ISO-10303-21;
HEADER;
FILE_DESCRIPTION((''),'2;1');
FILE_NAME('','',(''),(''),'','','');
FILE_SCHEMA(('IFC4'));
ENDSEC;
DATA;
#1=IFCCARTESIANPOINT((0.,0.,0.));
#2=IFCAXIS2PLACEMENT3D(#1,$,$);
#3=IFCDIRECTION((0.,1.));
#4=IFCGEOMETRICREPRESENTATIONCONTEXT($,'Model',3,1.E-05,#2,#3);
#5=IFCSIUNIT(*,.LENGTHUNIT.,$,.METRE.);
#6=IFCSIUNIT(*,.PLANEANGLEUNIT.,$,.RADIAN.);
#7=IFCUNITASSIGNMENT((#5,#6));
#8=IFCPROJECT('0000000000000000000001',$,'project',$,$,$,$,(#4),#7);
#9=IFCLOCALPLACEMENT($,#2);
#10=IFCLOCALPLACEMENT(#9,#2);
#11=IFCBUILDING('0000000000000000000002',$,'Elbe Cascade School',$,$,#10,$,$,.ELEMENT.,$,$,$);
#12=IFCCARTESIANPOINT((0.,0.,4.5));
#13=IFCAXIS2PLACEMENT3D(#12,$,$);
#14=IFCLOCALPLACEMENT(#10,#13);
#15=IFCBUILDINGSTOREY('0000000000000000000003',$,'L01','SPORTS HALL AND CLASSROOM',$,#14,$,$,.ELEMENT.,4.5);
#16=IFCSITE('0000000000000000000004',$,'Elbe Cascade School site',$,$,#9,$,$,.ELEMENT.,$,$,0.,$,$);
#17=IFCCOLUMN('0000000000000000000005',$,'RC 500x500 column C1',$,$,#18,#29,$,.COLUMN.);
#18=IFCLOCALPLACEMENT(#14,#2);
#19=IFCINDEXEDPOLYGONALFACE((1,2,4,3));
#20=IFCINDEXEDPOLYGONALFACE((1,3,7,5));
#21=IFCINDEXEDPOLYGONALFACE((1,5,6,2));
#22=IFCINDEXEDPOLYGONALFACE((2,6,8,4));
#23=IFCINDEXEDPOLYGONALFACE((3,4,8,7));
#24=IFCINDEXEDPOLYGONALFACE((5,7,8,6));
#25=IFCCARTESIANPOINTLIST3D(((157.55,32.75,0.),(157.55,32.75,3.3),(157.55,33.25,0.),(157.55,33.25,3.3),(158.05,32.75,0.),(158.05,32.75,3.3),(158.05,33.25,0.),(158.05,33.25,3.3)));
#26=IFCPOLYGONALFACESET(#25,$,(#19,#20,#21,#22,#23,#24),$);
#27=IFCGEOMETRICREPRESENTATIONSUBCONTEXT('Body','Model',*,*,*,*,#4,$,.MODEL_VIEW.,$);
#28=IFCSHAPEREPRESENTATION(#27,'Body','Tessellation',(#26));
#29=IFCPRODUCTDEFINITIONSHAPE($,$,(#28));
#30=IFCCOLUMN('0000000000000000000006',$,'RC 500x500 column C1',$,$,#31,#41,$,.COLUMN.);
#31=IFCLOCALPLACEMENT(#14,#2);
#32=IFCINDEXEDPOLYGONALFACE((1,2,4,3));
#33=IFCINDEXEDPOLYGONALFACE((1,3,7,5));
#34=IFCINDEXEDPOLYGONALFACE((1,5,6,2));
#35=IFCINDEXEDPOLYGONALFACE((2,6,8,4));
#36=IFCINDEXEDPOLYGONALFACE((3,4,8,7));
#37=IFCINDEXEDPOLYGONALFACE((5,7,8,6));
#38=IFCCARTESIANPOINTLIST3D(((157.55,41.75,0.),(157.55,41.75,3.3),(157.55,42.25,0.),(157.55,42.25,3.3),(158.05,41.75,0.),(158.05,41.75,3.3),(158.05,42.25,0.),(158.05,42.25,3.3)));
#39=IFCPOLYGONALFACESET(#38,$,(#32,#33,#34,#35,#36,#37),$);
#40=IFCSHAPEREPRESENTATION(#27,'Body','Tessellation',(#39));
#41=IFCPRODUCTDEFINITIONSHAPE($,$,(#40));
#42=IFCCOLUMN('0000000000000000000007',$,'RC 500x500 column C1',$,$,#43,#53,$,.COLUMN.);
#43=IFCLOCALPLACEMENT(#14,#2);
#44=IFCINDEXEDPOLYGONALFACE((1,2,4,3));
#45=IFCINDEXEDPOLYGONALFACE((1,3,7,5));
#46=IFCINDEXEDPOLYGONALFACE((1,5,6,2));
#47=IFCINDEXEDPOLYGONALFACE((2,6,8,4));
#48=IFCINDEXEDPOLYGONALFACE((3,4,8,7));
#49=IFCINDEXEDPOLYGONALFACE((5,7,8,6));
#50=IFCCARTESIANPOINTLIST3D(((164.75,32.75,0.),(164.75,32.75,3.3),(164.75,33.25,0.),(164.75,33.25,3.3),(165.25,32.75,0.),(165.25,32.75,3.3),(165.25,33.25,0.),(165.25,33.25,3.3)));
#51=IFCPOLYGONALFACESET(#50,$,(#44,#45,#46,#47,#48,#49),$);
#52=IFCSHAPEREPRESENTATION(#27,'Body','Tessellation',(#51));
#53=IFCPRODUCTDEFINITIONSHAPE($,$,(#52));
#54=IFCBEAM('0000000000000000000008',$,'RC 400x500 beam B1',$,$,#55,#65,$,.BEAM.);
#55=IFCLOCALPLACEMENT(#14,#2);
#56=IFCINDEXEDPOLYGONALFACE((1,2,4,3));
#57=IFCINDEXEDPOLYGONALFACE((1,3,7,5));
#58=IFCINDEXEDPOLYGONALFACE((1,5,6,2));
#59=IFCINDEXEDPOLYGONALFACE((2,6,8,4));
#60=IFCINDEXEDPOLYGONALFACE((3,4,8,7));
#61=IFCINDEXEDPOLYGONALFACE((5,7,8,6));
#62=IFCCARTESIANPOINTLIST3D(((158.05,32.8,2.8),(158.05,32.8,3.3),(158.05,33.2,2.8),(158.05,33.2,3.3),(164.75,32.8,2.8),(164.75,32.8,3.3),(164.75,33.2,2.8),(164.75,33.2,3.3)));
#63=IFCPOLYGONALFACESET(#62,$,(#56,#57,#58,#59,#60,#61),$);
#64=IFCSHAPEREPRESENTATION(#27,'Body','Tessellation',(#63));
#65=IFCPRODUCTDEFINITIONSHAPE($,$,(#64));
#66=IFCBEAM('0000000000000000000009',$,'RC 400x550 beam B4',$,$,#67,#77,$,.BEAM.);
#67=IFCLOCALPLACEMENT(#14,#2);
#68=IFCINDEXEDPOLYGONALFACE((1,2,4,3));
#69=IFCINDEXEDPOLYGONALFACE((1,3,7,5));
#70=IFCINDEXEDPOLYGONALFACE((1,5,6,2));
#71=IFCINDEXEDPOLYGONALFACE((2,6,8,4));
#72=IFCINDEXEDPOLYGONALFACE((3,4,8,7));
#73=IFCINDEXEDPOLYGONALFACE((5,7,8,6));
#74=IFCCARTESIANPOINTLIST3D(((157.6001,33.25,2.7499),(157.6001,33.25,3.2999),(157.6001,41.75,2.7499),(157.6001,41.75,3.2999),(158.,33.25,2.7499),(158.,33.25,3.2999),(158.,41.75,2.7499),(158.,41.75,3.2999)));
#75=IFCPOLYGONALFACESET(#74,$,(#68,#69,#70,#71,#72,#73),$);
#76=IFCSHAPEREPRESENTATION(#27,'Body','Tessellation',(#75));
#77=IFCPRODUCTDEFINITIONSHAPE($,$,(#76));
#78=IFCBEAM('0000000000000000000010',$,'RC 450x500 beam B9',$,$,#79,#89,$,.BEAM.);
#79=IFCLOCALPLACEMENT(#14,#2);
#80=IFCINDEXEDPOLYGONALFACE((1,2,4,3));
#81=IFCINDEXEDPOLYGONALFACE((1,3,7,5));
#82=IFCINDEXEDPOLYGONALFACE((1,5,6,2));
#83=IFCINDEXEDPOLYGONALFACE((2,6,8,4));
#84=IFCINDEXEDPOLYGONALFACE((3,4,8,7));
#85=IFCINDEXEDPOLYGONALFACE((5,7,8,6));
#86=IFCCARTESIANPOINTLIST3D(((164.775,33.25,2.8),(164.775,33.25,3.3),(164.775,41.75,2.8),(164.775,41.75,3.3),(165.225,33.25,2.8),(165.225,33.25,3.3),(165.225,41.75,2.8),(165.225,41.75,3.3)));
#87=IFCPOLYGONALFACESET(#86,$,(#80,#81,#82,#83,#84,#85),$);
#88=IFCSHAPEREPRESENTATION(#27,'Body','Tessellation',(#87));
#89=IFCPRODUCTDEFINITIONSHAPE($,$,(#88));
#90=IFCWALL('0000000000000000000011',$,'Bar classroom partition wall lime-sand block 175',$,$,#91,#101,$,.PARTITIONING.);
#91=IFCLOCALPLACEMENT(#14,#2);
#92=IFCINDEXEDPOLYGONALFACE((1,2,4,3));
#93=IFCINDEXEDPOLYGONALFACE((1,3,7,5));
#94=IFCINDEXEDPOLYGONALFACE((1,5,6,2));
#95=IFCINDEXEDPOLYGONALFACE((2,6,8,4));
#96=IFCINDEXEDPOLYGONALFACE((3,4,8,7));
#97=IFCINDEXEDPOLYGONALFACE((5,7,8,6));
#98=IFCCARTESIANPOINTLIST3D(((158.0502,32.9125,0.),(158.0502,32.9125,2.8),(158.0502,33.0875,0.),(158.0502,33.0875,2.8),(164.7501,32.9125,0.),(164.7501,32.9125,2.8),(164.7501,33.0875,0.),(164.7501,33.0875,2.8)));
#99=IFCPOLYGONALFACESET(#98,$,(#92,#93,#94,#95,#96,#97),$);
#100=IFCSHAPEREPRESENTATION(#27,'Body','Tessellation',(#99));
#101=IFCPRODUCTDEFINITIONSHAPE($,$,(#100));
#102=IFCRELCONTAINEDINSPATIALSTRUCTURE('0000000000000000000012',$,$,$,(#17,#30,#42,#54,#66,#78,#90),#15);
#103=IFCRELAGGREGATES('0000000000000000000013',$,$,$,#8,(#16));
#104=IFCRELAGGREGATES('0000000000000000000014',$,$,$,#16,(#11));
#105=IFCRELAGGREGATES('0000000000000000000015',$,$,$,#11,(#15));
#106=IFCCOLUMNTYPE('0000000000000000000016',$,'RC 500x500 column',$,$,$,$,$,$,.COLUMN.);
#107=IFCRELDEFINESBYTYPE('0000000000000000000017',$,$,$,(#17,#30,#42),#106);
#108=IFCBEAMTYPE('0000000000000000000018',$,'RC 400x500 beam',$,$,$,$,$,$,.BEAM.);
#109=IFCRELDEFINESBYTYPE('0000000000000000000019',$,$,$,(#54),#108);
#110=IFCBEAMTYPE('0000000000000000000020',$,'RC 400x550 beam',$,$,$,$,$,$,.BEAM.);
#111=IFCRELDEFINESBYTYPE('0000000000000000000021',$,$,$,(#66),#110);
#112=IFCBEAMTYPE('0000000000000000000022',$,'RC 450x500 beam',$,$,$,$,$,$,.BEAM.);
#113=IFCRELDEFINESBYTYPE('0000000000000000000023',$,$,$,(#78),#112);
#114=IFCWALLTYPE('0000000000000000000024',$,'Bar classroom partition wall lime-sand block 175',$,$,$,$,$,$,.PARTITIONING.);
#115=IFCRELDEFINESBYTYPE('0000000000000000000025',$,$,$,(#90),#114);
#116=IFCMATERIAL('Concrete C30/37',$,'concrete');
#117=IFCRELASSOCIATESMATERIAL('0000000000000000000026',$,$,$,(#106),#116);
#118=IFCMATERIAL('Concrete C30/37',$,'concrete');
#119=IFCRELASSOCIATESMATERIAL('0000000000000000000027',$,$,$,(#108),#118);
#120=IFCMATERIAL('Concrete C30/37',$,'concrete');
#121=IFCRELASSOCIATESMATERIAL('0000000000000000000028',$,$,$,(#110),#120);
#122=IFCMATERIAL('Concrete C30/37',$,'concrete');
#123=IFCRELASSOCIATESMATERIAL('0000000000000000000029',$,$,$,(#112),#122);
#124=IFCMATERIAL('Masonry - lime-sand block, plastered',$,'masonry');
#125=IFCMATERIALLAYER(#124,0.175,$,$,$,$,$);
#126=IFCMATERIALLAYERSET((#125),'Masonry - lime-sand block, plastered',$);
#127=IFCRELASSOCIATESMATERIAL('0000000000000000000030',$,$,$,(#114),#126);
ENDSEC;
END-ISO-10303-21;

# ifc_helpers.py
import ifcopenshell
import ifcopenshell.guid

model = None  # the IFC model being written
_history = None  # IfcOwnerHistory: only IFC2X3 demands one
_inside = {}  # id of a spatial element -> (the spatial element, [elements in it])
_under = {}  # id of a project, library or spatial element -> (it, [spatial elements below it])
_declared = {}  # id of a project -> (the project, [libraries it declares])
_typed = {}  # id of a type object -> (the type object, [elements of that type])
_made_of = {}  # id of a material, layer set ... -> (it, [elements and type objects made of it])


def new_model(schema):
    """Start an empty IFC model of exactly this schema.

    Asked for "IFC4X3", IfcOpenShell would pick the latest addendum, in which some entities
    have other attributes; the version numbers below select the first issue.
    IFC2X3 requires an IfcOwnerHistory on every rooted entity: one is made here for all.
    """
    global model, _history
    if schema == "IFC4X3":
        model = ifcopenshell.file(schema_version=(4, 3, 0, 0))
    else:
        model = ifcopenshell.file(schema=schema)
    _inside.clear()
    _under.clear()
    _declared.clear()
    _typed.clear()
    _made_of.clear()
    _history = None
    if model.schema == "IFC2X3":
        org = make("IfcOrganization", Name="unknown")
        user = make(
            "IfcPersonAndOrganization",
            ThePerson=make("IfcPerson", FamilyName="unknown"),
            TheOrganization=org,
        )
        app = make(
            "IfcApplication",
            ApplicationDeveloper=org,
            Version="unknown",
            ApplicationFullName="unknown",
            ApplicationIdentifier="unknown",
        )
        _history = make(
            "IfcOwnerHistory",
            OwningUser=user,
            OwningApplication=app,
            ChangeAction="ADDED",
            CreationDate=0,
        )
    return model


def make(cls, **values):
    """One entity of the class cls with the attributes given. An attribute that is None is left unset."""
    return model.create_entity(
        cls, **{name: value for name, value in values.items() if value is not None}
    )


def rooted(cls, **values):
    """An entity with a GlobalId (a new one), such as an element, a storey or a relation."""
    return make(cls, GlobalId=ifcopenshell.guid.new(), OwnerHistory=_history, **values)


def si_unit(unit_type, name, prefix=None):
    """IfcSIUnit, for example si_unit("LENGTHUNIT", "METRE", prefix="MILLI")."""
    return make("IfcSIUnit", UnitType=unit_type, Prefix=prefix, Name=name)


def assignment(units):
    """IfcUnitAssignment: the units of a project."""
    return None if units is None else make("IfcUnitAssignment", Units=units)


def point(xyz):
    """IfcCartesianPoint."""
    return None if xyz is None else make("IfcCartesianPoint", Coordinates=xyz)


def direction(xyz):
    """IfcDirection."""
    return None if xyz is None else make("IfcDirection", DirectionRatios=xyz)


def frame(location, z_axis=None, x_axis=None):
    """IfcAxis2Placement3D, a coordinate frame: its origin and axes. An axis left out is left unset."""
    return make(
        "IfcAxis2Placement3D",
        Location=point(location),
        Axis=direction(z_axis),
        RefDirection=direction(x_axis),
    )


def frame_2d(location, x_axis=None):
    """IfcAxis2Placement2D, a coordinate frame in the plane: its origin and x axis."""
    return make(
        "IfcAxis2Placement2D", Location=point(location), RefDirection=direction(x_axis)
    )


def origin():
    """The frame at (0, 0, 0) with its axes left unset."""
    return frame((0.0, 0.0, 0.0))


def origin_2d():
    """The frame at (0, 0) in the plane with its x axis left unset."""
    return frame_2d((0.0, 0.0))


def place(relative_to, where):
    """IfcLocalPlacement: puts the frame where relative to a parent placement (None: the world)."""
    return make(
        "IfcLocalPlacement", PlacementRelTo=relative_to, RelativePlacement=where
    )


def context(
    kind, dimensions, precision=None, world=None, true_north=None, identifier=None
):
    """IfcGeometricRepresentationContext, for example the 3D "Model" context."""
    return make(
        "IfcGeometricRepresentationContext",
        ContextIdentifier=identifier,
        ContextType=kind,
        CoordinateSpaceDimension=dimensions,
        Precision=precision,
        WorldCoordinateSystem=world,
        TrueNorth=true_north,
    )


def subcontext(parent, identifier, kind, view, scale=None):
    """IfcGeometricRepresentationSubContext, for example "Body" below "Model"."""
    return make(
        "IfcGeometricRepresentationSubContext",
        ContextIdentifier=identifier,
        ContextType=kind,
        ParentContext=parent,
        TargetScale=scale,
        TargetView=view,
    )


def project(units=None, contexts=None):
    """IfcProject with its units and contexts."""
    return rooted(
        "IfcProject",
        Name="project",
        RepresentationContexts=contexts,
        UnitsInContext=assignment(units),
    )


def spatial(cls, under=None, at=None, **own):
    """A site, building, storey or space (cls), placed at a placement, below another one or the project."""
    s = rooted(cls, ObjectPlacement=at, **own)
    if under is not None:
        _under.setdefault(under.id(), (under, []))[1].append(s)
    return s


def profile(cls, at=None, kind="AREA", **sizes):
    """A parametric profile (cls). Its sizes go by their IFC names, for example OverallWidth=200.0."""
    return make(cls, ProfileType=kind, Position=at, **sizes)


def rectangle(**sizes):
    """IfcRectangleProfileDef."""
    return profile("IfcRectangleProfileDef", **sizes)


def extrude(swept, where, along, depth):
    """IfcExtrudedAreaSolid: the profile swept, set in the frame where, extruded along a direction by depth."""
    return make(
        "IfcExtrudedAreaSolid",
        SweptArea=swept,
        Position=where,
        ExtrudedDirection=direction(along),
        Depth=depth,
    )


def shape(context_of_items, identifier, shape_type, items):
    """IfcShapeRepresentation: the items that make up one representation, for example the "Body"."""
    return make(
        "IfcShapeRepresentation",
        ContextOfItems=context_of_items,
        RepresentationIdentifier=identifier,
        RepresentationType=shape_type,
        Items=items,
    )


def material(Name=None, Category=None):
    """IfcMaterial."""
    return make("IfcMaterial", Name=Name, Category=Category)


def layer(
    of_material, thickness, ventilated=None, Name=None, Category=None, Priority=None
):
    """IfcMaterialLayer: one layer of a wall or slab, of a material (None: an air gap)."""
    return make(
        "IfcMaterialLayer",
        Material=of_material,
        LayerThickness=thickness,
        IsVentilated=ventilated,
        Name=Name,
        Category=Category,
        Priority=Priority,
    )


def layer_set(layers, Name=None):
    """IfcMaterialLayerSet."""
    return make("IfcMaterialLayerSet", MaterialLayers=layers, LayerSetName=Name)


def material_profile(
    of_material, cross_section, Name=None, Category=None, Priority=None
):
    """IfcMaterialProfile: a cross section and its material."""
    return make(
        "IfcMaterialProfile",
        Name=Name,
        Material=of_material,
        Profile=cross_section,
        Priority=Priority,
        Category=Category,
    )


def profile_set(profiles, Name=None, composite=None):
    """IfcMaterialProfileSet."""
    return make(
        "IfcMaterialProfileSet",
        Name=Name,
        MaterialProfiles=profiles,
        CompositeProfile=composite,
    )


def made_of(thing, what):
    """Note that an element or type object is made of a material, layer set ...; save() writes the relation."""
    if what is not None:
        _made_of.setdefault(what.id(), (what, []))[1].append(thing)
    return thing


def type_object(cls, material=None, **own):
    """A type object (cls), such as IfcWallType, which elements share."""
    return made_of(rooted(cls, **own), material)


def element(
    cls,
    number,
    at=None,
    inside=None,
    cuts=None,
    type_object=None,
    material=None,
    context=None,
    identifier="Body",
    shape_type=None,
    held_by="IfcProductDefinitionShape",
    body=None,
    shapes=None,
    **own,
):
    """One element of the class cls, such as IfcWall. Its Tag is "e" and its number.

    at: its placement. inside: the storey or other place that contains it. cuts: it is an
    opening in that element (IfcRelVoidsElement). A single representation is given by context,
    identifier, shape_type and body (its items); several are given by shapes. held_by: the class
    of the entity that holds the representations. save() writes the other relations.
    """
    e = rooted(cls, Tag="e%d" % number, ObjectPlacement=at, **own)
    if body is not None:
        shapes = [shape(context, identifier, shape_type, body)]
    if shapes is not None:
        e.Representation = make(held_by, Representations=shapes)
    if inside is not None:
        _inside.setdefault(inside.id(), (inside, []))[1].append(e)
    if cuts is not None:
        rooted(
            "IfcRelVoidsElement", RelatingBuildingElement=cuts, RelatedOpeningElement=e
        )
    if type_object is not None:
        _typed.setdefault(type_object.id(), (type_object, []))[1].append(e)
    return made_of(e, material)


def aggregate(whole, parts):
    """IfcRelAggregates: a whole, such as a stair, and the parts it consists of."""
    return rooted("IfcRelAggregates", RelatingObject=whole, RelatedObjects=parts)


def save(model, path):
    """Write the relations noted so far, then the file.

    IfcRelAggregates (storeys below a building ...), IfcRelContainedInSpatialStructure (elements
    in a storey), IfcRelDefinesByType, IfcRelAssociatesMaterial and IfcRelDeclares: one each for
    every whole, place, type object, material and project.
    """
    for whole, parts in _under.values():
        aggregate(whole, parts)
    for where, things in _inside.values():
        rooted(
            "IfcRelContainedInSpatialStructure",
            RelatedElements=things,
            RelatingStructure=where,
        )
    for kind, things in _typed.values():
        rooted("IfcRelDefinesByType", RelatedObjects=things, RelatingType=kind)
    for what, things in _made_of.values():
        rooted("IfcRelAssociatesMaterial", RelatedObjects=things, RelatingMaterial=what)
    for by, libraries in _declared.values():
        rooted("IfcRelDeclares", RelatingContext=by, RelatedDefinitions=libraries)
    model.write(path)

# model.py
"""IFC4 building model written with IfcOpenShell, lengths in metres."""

from ifc_helpers import new_model, si_unit, direction, frame, frame_2d, origin, origin_2d, place, context, subcontext, project, spatial, rectangle, extrude, material, layer, layer_set, material_profile, profile_set, type_object, element, save


model = new_model("IFC4")

# Units and contexts
model_context = context("Model", 3, precision=1e-05, world=origin(), true_north=direction((0.0, 1.0)))
body_context = subcontext(model_context, "Body", "Model", "MODEL_VIEW")
ifc_project = project(units=[si_unit("LENGTHUNIT", "METRE"), si_unit("PLANEANGLEUNIT", "RADIAN")], contexts=[model_context])

# Site, building, storey
site_placement = place(None, origin())
site = spatial("IfcSite", under=ifc_project, at=site_placement, Name="Elbe Cascade School site", CompositionType="ELEMENT", RefElevation=0.0)
building_placement = place(site_placement, origin())
building = spatial("IfcBuilding", under=site, at=building_placement, Name="Elbe Cascade School", CompositionType="ELEMENT")
storey_placement = place(building_placement, frame((0.0, 0.0, 4.5)))
storey = spatial("IfcBuildingStorey", under=building, at=storey_placement, Name="L01", Description="SPORTS HALL AND CLASSROOM", CompositionType="ELEMENT", Elevation=4.5)

# Columns
ifc_material_1 = material(Name="Concrete C30/37", Category="concrete")
ifc_material_profile_1 = material_profile(ifc_material_1, rectangle(XDim=0.5, YDim=0.5, at=origin_2d()), Name="RC 500x500")
ifc_profile_set_1 = profile_set([ifc_material_profile_1], Name="Concrete C30/37")
column_type = type_object("IfcColumnType", Name="RC 500x500 column", PredefinedType="COLUMN", material=ifc_profile_set_1)
for number, where, z_axis, x_axis, name in (
    (1, (157.8, 33.0, 0.0), (0.0, 0.0, 1.0), (1.0, 0.0, 0.0), "RC 500x500 column C1"),
    (2, (157.8, 42.0, 0.0), (0.0, 0.0, 1.0), (1.0, 0.0, 0.0), "RC 500x500 column C1"),
    (3, (165.0, 33.0, 0.0), (0.0, 0.0, 1.0), (1.0, 0.0, 0.0), "RC 500x500 column C1"),
):
    element("IfcColumn", number, at=place(storey_placement, frame(where, z_axis=z_axis, x_axis=x_axis)), inside=storey, type_object=column_type, Name=name, PredefinedType="COLUMN", context=body_context, shape_type="SweptSolid", body=[
        extrude(rectangle(XDim=0.5, YDim=0.5, at=origin_2d()), origin(), (0.0, 0.0, 1.0), 3.3),
    ])

# Beams
ifc_material_2 = material(Name="Concrete C30/37", Category="concrete")
ifc_material_profile_2 = material_profile(ifc_material_2, rectangle(XDim=0.3999, YDim=0.5, at=origin_2d()), Name="RC 400x500")
ifc_profile_set_2 = profile_set([ifc_material_profile_2], Name="Concrete C30/37")
beam_type_1 = type_object("IfcBeamType", Name="RC 400x500 beam", PredefinedType="BEAM", material=ifc_profile_set_2)
beam_1_placement = place(storey_placement, frame((158.05, 33.0, 3.05), z_axis=(1.0, 0.0, 0.0), x_axis=(0.0, 1.0, 0.0)))
element("IfcBeam", 4, at=beam_1_placement, inside=storey, type_object=beam_type_1, Name="RC 400x500 beam B1", PredefinedType="BEAM", context=body_context, shape_type="SweptSolid", body=[
    extrude(rectangle(XDim=0.3999, YDim=0.5, at=origin_2d()), origin(), (0.0, 0.0, 1.0), 6.7),
])
ifc_material_3 = material(Name="Concrete C30/37", Category="concrete")
ifc_material_profile_3 = material_profile(ifc_material_3, rectangle(XDim=0.3999, YDim=0.55, at=origin_2d()), Name="RC 400x550")
ifc_profile_set_3 = profile_set([ifc_material_profile_3], Name="Concrete C30/37")
beam_type_2 = type_object("IfcBeamType", Name="RC 400x550 beam", PredefinedType="BEAM", material=ifc_profile_set_3)
beam_2_placement = place(storey_placement, frame((157.8, 33.25, 3.0249), z_axis=(0.0, 1.0, 0.0), x_axis=(-1.0, 0.0, 0.0)))
element("IfcBeam", 5, at=beam_2_placement, inside=storey, type_object=beam_type_2, Name="RC 400x550 beam B4", PredefinedType="BEAM", context=body_context, shape_type="SweptSolid", body=[
    extrude(rectangle(XDim=0.3999, YDim=0.55, at=origin_2d()), origin(), (0.0, 0.0, 1.0), 8.5),
])
ifc_material_4 = material(Name="Concrete C30/37", Category="concrete")
ifc_material_profile_4 = material_profile(ifc_material_4, rectangle(XDim=0.45, YDim=0.5, at=origin_2d()), Name="RC 450x500")
ifc_profile_set_4 = profile_set([ifc_material_profile_4], Name="Concrete C30/37")
beam_type_3 = type_object("IfcBeamType", Name="RC 450x500 beam", PredefinedType="BEAM", material=ifc_profile_set_4)
beam_3_placement = place(storey_placement, frame((165.0, 33.25, 3.05), z_axis=(0.0, 1.0, 0.0), x_axis=(-1.0, 0.0, 0.0)))
element("IfcBeam", 6, at=beam_3_placement, inside=storey, type_object=beam_type_3, Name="RC 450x500 beam B9", PredefinedType="BEAM", context=body_context, shape_type="SweptSolid", body=[
    extrude(rectangle(XDim=0.45, YDim=0.5, at=origin_2d()), origin(), (0.0, 0.0, 1.0), 8.5),
])

# Wall
ifc_material_5 = material(Name="Masonry - lime-sand block, plastered", Category="masonry")
ifc_layer_1 = layer(ifc_material_5, 0.175)
ifc_layer_set_1 = layer_set([ifc_layer_1], Name="Masonry - lime-sand block, plastered")
wall_type_1 = type_object("IfcWallType", Name="Bar classroom partition wall lime-sand block 175", PredefinedType="PARTITIONING", material=ifc_layer_set_1)
wall_1_placement = place(storey_placement, frame((158.05, 33.0, 0.0), z_axis=(0.0, 0.0, 1.0), x_axis=(1.0, 0.0, 0.0)))
element("IfcWall", 7, at=wall_1_placement, inside=storey, type_object=wall_type_1, Name="Bar classroom partition wall lime-sand block 175", PredefinedType="PARTITIONING", context=body_context, shape_type="SweptSolid", body=[
    extrude(rectangle(XDim=6.7, YDim=0.175, at=frame_2d((3.3501, 0.0))), origin(), (0.0, 0.0, 1.0), 2.8),
])

save(model, "model.ifc")
